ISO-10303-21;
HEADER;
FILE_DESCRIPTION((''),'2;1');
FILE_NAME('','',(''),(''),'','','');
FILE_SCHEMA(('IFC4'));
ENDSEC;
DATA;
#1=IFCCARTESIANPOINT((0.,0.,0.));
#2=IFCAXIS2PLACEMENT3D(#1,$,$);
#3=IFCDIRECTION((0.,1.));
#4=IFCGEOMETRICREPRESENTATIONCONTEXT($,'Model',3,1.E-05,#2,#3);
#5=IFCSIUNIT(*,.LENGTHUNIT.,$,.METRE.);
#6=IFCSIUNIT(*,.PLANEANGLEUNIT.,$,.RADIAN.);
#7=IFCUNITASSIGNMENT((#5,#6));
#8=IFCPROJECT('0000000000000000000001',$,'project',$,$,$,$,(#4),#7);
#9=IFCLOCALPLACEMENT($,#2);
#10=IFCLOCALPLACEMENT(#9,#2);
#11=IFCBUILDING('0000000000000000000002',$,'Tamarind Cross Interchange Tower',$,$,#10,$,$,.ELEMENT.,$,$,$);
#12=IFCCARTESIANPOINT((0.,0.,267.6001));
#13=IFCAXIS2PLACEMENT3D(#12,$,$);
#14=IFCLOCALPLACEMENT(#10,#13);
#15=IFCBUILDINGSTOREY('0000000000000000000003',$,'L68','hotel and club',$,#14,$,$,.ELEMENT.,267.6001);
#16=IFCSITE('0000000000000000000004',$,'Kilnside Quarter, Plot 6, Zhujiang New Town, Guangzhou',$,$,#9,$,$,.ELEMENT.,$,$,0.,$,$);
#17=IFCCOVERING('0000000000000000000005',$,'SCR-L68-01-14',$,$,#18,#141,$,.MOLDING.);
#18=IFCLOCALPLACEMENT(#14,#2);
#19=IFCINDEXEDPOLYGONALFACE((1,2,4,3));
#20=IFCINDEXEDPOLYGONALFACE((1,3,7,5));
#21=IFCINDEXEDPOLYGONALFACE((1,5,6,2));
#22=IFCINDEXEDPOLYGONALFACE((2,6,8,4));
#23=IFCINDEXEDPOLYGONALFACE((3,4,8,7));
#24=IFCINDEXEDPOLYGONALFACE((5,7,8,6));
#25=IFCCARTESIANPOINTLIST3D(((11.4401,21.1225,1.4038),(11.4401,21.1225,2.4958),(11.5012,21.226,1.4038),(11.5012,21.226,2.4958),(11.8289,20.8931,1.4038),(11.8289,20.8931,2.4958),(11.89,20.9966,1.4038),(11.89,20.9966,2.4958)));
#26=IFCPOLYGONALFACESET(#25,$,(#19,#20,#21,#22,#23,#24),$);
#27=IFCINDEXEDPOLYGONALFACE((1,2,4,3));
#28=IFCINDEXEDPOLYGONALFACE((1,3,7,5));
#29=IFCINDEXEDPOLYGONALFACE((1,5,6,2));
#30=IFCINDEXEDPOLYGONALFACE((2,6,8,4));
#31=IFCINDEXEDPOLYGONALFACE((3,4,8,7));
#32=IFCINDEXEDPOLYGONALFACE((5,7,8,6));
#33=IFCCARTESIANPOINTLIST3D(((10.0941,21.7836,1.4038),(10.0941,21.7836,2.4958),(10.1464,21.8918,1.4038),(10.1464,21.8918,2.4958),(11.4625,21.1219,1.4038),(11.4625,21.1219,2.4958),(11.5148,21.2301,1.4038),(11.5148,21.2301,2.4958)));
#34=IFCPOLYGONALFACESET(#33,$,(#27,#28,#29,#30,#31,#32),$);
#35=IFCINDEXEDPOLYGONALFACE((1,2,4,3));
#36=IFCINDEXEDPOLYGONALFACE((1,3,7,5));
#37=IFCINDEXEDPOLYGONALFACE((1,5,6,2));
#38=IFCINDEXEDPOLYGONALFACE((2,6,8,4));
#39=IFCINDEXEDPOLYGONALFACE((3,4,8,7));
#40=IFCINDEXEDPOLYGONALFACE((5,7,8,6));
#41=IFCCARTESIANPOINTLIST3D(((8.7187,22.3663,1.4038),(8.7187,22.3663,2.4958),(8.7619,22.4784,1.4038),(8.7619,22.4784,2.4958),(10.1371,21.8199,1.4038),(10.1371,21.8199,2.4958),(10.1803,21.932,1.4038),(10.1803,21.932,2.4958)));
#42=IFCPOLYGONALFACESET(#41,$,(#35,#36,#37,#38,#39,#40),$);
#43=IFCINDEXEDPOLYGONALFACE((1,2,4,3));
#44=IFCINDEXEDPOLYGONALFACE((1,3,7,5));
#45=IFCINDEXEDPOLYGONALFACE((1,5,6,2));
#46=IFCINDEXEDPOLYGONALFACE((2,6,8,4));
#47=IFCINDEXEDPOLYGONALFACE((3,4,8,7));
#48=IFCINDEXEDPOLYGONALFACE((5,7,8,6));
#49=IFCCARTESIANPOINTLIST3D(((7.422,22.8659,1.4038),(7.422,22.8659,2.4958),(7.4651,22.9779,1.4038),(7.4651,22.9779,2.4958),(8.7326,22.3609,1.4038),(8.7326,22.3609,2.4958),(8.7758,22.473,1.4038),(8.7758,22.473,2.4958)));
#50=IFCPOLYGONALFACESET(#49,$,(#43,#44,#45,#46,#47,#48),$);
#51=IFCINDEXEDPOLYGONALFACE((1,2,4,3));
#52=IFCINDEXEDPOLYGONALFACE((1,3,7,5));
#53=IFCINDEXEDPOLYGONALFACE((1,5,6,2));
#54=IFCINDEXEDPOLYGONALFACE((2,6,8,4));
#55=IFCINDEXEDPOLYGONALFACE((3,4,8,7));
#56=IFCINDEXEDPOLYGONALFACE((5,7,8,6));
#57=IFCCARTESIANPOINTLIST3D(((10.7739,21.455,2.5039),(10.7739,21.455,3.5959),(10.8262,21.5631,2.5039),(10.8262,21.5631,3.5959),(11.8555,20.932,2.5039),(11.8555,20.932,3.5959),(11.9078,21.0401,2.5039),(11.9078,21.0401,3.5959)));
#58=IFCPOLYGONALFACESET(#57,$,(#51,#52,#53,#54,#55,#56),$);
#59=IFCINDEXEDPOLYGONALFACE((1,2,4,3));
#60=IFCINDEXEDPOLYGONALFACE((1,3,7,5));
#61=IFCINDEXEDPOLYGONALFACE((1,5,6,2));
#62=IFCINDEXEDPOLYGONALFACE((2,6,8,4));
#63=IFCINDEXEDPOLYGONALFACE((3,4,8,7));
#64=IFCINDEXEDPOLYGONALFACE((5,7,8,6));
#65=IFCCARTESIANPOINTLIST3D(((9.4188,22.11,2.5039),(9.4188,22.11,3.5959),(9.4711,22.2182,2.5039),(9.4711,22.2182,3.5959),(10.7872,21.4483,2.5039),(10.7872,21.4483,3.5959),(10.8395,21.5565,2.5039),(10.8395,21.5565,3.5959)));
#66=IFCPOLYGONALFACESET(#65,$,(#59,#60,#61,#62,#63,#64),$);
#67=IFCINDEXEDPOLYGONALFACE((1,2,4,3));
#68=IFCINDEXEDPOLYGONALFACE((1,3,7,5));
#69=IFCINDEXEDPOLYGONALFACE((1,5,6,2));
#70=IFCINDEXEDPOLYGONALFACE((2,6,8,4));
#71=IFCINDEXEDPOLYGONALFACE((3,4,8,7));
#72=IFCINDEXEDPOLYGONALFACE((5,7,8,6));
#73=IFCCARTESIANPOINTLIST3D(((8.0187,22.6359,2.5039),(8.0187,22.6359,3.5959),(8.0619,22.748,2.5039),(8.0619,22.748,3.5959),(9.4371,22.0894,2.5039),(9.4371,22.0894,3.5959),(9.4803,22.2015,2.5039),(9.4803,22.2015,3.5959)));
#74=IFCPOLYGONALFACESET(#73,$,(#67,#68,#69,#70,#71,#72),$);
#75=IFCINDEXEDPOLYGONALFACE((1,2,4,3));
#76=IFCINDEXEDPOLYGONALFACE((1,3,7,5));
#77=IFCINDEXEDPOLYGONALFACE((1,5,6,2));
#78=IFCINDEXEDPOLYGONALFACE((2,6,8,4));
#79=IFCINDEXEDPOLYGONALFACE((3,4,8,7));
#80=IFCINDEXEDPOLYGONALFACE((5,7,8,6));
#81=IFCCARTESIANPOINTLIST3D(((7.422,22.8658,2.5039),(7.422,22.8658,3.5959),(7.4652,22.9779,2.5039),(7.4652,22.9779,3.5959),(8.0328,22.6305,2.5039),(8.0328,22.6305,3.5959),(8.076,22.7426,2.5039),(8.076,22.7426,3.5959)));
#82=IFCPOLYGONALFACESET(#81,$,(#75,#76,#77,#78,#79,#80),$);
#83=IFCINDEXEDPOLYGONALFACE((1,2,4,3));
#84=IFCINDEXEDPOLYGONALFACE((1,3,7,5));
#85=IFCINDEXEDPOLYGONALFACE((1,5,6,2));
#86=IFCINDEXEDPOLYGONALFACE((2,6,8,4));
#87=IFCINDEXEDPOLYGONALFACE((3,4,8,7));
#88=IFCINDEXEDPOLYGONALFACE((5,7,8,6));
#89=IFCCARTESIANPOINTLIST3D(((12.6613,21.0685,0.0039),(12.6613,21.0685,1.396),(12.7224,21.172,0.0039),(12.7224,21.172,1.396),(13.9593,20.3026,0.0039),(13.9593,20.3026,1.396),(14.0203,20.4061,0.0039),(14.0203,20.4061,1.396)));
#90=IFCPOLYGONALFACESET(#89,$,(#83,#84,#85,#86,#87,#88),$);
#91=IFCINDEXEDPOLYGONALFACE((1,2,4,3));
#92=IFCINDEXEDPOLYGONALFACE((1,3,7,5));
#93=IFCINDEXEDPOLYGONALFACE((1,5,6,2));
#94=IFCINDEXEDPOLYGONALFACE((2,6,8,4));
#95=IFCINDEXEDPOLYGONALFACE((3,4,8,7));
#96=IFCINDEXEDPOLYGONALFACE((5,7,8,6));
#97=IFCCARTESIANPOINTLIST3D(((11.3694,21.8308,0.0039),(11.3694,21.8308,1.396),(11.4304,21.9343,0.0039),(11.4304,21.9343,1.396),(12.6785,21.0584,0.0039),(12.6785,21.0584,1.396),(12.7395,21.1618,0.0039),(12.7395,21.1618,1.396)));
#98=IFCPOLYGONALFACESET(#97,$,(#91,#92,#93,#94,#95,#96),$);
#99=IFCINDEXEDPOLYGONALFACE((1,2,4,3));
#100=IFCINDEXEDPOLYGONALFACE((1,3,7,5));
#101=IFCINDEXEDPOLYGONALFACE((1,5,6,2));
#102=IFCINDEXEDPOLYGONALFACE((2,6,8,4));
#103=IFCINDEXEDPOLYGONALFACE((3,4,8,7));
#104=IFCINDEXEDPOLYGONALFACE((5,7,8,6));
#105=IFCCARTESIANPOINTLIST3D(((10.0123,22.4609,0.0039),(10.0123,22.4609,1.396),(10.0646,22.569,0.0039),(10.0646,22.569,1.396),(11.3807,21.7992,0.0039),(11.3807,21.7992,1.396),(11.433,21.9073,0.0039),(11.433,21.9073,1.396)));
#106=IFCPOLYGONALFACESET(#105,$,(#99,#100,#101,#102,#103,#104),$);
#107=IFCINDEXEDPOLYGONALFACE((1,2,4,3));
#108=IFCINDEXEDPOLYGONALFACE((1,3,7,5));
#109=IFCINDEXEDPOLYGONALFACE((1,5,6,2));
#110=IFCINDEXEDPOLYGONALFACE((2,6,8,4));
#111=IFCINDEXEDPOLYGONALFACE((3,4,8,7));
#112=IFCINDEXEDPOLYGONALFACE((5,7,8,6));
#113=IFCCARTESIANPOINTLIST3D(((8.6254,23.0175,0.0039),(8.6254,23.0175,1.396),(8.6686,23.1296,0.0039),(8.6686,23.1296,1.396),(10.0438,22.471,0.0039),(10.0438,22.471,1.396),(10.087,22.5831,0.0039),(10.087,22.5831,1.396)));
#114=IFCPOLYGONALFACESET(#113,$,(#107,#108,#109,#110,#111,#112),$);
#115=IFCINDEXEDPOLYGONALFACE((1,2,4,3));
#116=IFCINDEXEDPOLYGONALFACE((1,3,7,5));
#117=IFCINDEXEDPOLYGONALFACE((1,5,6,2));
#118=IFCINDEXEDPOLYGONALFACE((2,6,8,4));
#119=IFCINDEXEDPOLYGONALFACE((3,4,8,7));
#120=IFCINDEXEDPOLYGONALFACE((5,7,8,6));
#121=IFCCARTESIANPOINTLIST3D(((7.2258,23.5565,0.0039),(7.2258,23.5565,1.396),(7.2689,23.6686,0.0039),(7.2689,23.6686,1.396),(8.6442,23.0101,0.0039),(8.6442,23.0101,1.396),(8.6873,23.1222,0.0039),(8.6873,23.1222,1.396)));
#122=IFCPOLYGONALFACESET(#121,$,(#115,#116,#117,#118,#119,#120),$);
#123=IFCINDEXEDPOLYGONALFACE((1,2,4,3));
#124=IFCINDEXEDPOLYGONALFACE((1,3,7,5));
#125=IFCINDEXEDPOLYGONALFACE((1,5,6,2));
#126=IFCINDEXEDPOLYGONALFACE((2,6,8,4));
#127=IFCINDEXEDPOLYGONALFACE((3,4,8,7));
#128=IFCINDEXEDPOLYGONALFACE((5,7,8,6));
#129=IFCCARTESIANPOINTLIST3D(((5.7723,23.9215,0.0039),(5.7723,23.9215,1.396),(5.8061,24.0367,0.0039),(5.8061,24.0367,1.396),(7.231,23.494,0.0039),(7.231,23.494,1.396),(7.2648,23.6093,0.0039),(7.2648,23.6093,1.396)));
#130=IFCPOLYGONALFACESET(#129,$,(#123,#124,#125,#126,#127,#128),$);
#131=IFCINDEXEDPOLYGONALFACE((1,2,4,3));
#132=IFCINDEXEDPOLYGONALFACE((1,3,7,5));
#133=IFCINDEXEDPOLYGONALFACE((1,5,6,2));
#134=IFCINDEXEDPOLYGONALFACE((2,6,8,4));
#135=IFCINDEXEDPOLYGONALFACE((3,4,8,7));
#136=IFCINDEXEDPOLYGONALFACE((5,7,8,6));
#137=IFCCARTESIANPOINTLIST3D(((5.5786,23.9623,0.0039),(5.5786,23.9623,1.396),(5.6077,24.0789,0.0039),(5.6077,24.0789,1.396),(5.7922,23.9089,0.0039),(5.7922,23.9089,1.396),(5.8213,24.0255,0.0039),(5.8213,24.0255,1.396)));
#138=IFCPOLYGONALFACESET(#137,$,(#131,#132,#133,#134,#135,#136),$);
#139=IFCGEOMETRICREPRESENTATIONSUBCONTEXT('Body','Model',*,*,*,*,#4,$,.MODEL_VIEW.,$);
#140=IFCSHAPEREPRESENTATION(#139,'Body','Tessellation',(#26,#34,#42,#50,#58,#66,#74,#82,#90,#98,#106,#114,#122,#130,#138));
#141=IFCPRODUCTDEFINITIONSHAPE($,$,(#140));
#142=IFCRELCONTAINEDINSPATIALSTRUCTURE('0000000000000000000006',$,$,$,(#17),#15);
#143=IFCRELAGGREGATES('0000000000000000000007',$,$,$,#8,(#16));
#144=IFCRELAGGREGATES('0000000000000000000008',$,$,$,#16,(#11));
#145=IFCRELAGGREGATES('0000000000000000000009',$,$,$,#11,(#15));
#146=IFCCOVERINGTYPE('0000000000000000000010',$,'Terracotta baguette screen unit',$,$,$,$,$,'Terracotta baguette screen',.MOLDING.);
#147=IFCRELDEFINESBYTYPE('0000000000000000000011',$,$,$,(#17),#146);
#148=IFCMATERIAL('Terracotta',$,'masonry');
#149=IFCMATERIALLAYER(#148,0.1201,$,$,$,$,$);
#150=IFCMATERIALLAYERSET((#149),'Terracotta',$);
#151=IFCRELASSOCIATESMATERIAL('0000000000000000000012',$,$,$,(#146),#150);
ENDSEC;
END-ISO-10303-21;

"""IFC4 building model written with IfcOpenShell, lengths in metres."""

from ifc_helpers import new_model, si_unit, direction, frame, origin, origin_2d, place, context, subcontext, project, spatial, rectangle, extrude, material, layer, layer_set, type_object, element, save


model = new_model("IFC4")

# Units and contexts
model_context = context("Model", 3, precision=1e-05, world=origin(), true_north=direction((0.0, 1.0)))
body_context = subcontext(model_context, "Body", "Model", "MODEL_VIEW")
ifc_project = project(units=[si_unit("LENGTHUNIT", "METRE"), si_unit("PLANEANGLEUNIT", "RADIAN")], contexts=[model_context])

# Site, building, storey
site_placement = place(None, origin())
site = spatial("IfcSite", under=ifc_project, at=site_placement, Name="Kilnside Quarter, Plot 6, Zhujiang New Town, Guangzhou", CompositionType="ELEMENT", RefElevation=0.0)
building_placement = place(site_placement, origin())
building = spatial("IfcBuilding", under=site, at=building_placement, Name="Tamarind Cross Interchange Tower", CompositionType="ELEMENT")
storey_placement = place(building_placement, frame((0.0, 0.0, 267.6001)))
storey = spatial("IfcBuildingStorey", under=building, at=storey_placement, Name="L68", Description="hotel and club", CompositionType="ELEMENT", Elevation=267.6001)

# Covering
ifc_material_1 = material(Name="Terracotta", Category="masonry")
ifc_layer_1 = layer(ifc_material_1, 0.1201)
ifc_layer_set_1 = layer_set([ifc_layer_1], Name="Terracotta")
covering_type = type_object("IfcCoveringType", Name="Terracotta baguette screen unit", ElementType="Terracotta baguette screen", PredefinedType="MOLDING", material=ifc_layer_set_1)
covering_1_placement = place(storey_placement, origin())
element("IfcCovering", 1, at=covering_1_placement, inside=storey, type_object=covering_type, Name="SCR-L68-01-14", PredefinedType="MOLDING", context=body_context, shape_type="SweptSolid", body=[
    extrude(rectangle(XDim=0.4514, YDim=0.1201, at=origin_2d()), frame((11.665, 21.0596, 1.4038), z_axis=(0.0, 0.0, 1.0), x_axis=(-0.861249, 0.508183, 0.0)), (0.0, 0.0, 1.0), 1.092),
    extrude(rectangle(XDim=1.52, YDim=0.1201, at=origin_2d()), frame((10.8044, 21.5068, 1.4038), z_axis=(0.0, 0.0, 1.0), x_axis=(-0.900273, 0.435326, 0.0)), (0.0, 0.0, 1.0), 1.092),
    extrude(rectangle(XDim=1.52, YDim=0.1201, at=origin_2d()), frame((9.4495, 22.1492, 1.4038), z_axis=(0.0, 0.0, 1.0), x_axis=(-0.933147, 0.359495, 0.0)), (0.0, 0.0, 1.0), 1.092),
    extrude(rectangle(XDim=1.4045, YDim=0.1201, at=origin_2d()), frame((8.0989, 22.6694, 1.4038), z_axis=(0.0, 0.0, 1.0), x_axis=(-0.933147, 0.359495, 0.0)), (0.0, 0.0, 1.0), 1.092),
    extrude(rectangle(XDim=1.2014, YDim=0.1201, at=origin_2d()), frame((11.3408, 21.2476, 2.5039), z_axis=(0.0, 0.0, 1.0), x_axis=(-0.900273, 0.435326, 0.0)), (0.0, 0.0, 1.0), 1.092),
    extrude(rectangle(XDim=1.52, YDim=0.1201, at=origin_2d()), frame((10.1292, 21.8333, 2.5039), z_axis=(0.0, 0.0, 1.0), x_axis=(-0.900273, 0.435326, 0.0)), (0.0, 0.0, 1.0), 1.092),
    extrude(rectangle(XDim=1.52, YDim=0.1201, at=origin_2d()), frame((8.7495, 22.4187, 2.5039), z_axis=(0.0, 0.0, 1.0), x_axis=(-0.933147, 0.359495, 0.0)), (0.0, 0.0, 1.0), 1.092),
    extrude(rectangle(XDim=0.6545, YDim=0.1201, at=origin_2d()), frame((7.749, 22.8042, 2.5039), z_axis=(0.0, 0.0, 1.0), x_axis=(-0.933147, 0.359495, 0.0)), (0.0, 0.0, 1.0), 1.092),
    extrude(rectangle(XDim=1.5071, YDim=0.1201, at=origin_2d()), frame((13.3408, 20.7373, 0.0039), z_axis=(0.0, 0.0, 1.0), x_axis=(-0.861249, 0.508183, 0.0)), (0.0, 0.0, 1.0), 1.3921),
    extrude(rectangle(XDim=1.52, YDim=0.1201, at=origin_2d()), frame((12.0544, 21.4963, 0.0039), z_axis=(0.0, 0.0, 1.0), x_axis=(-0.861249, 0.508183, 0.0)), (0.0, 0.0, 1.0), 1.3921),
    extrude(rectangle(XDim=1.52, YDim=0.1201, at=origin_2d()), frame((10.7227, 22.1841, 0.0039), z_axis=(0.0, 0.0, 1.0), x_axis=(-0.900273, 0.435326, 0.0)), (0.0, 0.0, 1.0), 1.3921),
    extrude(rectangle(XDim=1.52, YDim=0.1201, at=origin_2d()), frame((9.3562, 22.8003, 0.0039), z_axis=(0.0, 0.0, 1.0), x_axis=(-0.933147, 0.359495, 0.0)), (0.0, 0.0, 1.0), 1.3921),
    extrude(rectangle(XDim=1.52, YDim=0.1201, at=origin_2d()), frame((7.9565, 23.3394, 0.0039), z_axis=(0.0, 0.0, 1.0), x_axis=(-0.933147, 0.359495, 0.0)), (0.0, 0.0, 1.0), 1.3921),
    extrude(rectangle(XDim=1.52, YDim=0.1201, at=origin_2d()), frame((6.5186, 23.7654, 0.0039), z_axis=(0.0, 0.0, 1.0), x_axis=(-0.959647, 0.281209, 0.0)), (0.0, 0.0, 1.0), 1.3921),
    extrude(rectangle(XDim=0.2202, YDim=0.1201, at=origin_2d()), frame((5.7, 23.9939, 0.0039), z_axis=(0.0, 0.0, 1.0), x_axis=(-0.970165, 0.242445, 0.0)), (0.0, 0.0, 1.0), 1.3921),
])

save(model, "model.ifc")
